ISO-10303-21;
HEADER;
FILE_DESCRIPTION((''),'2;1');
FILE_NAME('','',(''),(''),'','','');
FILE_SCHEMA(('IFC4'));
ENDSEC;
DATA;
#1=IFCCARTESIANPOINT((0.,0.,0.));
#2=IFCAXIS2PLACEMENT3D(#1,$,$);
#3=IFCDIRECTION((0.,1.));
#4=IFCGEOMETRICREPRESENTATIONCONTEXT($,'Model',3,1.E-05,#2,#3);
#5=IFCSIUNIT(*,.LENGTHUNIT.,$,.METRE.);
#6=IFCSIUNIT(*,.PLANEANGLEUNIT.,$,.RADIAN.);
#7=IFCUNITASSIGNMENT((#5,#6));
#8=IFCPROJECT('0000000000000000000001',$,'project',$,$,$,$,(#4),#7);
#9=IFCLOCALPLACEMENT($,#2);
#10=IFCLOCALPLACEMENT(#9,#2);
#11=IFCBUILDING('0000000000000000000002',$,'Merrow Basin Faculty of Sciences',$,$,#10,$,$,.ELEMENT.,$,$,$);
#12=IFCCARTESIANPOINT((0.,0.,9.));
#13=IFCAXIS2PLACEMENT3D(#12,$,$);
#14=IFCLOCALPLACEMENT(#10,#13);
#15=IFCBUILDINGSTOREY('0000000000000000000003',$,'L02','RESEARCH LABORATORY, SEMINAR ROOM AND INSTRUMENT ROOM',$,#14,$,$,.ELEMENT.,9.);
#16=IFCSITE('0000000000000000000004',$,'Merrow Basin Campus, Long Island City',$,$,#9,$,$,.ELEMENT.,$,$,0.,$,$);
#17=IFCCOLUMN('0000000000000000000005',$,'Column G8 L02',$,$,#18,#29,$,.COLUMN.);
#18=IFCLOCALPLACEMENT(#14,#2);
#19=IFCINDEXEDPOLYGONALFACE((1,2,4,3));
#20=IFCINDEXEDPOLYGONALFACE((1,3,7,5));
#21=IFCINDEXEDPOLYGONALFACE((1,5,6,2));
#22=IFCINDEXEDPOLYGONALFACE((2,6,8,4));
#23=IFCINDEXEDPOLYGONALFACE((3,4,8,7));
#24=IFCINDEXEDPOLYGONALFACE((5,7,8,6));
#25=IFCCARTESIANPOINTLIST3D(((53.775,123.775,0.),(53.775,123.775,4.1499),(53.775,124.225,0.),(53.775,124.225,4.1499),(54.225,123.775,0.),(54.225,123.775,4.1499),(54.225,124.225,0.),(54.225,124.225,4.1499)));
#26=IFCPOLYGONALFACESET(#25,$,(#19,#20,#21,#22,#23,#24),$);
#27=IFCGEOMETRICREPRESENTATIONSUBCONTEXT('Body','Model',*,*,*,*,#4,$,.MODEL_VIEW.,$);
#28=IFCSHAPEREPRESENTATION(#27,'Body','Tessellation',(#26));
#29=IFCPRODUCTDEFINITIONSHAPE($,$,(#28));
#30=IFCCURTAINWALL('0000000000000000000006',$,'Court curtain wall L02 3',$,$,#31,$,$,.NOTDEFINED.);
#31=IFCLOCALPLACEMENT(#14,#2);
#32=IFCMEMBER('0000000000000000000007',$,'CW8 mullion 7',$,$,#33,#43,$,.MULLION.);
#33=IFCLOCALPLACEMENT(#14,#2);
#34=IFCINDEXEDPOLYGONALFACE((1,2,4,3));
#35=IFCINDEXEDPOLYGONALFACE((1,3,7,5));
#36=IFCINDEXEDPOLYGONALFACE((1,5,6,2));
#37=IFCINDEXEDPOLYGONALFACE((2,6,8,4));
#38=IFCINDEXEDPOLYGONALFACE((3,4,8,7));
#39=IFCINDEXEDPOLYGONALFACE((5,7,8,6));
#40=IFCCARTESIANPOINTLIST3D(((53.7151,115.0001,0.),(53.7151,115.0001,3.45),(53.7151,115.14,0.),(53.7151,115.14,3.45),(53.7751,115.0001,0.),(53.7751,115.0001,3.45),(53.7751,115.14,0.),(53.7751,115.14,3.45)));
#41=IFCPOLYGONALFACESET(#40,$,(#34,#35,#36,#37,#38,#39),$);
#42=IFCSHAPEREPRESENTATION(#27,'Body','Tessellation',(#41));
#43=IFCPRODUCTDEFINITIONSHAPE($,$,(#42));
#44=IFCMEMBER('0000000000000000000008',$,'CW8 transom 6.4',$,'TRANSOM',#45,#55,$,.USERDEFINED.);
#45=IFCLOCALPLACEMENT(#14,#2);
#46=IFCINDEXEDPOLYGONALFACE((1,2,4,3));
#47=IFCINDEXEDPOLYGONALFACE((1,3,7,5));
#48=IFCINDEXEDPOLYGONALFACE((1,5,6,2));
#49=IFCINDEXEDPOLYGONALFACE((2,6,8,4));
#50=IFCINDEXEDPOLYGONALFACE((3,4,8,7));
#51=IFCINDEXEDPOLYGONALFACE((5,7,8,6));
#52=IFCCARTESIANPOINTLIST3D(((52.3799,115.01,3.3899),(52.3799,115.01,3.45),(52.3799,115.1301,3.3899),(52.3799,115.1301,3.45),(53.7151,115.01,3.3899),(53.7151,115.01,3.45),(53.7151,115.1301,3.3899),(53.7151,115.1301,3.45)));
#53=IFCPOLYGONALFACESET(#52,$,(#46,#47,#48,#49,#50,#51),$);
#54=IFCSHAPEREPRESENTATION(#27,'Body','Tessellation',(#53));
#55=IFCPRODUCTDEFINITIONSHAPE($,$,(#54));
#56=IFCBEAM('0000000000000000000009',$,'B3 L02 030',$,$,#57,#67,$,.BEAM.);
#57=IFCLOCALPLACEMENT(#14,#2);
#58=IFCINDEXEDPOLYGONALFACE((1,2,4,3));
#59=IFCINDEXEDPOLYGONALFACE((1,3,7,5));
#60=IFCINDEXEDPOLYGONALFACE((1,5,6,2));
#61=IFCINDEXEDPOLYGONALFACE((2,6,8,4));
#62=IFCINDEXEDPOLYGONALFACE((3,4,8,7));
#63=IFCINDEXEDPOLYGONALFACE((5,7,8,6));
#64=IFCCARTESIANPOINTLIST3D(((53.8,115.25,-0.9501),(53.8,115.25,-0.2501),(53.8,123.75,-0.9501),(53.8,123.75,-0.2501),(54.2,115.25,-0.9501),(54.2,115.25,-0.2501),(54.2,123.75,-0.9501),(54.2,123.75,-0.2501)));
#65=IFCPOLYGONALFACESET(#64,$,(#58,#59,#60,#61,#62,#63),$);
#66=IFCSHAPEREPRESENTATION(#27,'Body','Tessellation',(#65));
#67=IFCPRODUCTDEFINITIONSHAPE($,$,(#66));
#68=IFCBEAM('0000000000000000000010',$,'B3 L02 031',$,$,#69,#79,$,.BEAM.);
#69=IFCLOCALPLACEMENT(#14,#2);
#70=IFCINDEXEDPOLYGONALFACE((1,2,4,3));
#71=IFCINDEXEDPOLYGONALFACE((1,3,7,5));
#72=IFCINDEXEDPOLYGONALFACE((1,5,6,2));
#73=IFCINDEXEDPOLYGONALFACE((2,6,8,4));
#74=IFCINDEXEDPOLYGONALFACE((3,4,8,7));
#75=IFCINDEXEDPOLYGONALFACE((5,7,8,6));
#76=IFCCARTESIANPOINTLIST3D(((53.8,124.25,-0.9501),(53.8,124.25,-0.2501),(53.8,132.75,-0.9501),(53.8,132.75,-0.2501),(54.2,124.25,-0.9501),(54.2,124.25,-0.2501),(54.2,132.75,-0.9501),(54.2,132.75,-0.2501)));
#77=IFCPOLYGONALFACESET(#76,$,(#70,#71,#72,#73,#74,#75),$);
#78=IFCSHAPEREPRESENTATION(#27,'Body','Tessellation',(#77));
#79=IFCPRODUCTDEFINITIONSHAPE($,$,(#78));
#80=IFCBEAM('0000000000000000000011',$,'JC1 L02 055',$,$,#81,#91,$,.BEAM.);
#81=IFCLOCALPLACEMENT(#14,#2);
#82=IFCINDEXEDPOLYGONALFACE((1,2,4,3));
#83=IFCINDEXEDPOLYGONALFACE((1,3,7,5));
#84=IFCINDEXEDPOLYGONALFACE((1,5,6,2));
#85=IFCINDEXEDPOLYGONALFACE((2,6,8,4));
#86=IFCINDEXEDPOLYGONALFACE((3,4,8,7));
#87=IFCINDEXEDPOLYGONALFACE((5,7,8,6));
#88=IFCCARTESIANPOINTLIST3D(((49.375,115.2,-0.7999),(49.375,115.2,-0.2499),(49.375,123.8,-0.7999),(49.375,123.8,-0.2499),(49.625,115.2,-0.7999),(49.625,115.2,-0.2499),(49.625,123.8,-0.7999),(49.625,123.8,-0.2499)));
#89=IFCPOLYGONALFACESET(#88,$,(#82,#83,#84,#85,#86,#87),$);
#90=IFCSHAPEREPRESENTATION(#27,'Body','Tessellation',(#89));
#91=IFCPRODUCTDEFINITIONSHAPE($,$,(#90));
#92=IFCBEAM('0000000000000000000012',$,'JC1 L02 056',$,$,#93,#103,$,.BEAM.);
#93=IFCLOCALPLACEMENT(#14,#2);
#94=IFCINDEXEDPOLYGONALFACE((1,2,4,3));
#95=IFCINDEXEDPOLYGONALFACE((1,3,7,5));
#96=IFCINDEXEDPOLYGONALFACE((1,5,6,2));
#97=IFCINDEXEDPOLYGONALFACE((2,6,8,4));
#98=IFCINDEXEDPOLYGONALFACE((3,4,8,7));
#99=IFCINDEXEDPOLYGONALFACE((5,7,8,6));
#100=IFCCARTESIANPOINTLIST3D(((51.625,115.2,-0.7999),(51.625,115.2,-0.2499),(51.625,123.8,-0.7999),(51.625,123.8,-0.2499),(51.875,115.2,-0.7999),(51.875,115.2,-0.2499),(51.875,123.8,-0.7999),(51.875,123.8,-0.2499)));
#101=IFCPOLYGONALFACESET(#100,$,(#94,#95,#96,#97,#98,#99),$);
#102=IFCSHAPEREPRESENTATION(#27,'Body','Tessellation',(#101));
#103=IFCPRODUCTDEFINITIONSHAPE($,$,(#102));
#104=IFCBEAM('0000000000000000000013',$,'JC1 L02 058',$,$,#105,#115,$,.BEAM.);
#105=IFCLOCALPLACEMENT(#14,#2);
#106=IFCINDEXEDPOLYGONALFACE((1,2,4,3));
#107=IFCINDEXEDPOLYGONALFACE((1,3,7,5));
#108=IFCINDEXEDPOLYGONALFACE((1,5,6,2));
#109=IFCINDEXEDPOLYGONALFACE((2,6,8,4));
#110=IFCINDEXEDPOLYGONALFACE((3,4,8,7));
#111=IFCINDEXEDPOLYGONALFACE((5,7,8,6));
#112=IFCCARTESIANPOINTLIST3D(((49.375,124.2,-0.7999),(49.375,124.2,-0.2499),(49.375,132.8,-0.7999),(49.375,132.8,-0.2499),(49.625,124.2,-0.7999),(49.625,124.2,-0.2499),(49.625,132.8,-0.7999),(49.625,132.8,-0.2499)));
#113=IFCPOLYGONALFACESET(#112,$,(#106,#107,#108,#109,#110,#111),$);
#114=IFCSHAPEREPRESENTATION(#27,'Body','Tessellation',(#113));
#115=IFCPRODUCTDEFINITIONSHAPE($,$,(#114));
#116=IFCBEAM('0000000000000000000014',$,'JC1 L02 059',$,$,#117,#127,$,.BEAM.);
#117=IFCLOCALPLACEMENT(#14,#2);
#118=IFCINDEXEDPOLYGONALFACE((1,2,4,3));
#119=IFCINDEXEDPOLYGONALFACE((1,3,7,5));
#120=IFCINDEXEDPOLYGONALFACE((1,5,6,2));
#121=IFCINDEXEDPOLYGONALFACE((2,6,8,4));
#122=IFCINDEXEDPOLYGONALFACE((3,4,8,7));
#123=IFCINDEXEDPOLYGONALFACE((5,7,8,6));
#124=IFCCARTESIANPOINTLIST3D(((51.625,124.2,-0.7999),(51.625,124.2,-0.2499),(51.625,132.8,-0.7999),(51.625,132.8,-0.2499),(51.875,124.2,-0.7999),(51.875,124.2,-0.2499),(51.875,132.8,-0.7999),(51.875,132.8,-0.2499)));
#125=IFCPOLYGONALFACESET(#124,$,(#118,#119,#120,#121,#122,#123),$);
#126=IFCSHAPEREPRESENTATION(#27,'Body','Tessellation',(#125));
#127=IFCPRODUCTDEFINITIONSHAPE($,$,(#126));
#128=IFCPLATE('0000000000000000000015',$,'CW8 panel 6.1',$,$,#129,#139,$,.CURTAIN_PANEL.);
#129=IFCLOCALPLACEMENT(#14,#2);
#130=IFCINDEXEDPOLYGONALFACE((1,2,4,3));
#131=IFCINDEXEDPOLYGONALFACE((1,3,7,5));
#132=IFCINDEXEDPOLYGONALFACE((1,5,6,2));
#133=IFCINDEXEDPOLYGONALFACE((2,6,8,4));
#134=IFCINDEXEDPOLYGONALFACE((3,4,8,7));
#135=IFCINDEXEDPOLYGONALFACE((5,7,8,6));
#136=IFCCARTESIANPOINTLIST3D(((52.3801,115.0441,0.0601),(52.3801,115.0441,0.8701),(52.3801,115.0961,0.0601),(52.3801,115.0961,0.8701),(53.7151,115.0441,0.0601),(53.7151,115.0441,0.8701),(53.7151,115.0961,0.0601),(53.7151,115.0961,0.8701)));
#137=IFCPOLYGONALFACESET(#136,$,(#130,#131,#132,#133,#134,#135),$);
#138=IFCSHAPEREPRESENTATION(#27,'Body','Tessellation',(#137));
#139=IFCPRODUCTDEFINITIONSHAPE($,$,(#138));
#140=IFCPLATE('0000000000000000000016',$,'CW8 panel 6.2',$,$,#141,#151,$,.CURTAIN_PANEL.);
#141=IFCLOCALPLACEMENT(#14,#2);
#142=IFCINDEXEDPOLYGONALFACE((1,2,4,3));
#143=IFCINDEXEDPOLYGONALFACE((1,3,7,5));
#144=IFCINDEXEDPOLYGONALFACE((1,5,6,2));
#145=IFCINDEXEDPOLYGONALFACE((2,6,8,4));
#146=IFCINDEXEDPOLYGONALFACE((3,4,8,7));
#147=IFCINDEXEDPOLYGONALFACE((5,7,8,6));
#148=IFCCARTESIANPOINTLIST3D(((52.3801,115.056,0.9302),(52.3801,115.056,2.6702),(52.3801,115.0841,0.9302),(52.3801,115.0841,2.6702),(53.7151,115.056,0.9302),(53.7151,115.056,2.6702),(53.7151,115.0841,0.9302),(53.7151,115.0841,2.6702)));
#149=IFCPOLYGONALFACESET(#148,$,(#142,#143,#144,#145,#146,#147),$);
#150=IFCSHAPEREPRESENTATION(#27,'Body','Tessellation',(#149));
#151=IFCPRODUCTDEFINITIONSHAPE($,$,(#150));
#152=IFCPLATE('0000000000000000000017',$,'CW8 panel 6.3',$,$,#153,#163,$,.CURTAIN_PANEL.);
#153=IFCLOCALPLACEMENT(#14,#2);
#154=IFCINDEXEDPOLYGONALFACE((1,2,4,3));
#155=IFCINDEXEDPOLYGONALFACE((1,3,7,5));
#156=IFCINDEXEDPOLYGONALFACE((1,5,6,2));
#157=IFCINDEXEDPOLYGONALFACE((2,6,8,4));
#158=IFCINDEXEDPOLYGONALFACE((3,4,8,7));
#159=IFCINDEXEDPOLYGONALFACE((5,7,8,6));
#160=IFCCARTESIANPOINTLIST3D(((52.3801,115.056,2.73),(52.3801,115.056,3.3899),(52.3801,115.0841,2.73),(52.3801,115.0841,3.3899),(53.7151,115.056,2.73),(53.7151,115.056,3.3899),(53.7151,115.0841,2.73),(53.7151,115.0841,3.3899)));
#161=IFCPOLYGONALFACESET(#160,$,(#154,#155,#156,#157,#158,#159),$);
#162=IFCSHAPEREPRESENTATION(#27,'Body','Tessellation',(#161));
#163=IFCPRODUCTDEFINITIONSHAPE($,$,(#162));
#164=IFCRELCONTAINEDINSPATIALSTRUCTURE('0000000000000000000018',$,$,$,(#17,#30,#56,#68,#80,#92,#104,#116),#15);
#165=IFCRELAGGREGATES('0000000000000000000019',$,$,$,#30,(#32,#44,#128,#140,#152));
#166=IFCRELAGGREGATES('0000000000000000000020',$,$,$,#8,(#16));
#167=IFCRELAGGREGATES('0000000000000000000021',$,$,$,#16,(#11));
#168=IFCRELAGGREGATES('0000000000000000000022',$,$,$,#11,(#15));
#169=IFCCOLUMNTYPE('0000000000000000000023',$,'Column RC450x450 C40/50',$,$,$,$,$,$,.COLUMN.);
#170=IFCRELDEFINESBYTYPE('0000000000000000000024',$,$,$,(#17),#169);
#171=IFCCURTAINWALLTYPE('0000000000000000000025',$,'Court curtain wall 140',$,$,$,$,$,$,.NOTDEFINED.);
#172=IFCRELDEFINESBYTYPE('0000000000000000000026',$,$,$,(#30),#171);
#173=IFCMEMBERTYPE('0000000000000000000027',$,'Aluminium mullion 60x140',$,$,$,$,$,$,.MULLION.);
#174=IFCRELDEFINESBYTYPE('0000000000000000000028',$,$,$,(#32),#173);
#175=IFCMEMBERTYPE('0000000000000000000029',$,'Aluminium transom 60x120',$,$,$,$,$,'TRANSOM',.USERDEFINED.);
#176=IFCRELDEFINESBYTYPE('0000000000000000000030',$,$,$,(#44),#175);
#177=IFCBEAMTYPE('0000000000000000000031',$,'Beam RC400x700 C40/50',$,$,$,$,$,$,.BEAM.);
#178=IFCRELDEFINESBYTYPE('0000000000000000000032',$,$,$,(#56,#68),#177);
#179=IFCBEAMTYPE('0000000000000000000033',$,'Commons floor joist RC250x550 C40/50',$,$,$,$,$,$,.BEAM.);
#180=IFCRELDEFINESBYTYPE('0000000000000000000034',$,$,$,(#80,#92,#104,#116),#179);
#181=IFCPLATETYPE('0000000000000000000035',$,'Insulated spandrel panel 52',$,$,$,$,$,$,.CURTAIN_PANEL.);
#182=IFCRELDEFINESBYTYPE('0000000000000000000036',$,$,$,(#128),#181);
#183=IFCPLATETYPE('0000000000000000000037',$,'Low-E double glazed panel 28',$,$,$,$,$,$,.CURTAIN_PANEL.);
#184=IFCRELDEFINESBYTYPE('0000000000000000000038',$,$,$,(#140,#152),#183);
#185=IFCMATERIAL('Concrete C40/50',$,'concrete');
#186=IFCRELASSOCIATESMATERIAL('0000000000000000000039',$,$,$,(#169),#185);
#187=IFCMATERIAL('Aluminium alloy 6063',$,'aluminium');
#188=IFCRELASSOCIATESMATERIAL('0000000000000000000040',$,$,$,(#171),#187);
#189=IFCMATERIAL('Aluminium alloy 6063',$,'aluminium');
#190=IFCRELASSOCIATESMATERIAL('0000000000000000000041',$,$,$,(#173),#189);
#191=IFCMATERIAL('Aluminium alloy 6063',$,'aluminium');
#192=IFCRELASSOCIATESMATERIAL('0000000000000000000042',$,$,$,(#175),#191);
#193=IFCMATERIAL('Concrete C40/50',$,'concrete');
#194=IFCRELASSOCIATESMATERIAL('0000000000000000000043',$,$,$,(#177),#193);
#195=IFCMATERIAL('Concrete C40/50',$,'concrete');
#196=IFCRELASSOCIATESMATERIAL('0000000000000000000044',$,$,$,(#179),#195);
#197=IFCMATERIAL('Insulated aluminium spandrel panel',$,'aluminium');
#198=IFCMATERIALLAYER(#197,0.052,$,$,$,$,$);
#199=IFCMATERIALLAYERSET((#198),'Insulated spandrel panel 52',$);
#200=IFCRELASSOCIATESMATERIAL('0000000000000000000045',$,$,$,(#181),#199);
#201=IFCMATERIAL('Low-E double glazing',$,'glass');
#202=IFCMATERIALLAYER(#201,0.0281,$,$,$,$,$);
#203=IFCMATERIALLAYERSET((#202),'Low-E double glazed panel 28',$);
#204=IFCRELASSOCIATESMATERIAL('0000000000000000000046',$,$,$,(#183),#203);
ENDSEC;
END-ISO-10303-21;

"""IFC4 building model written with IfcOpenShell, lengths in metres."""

from ifc_helpers import new_model, si_unit, direction, frame, origin, origin_2d, place, context, subcontext, project, spatial, rectangle, extrude, material, layer, layer_set, material_profile, profile_set, type_object, element, aggregate, save


model = new_model("IFC4")

# Units and contexts
model_context = context("Model", 3, precision=1e-05, world=origin(), true_north=direction((0.0, 1.0)))
body_context = subcontext(model_context, "Body", "Model", "MODEL_VIEW")
ifc_project = project(units=[si_unit("LENGTHUNIT", "METRE"), si_unit("PLANEANGLEUNIT", "RADIAN")], contexts=[model_context])

# Site, building, storey
site_placement = place(None, origin())
site = spatial("IfcSite", under=ifc_project, at=site_placement, Name="Merrow Basin Campus, Long Island City", CompositionType="ELEMENT", RefElevation=0.0)
building_placement = place(site_placement, origin())
building = spatial("IfcBuilding", under=site, at=building_placement, Name="Merrow Basin Faculty of Sciences", CompositionType="ELEMENT")
storey_placement = place(building_placement, frame((0.0, 0.0, 9.0)))
storey = spatial("IfcBuildingStorey", under=building, at=storey_placement, Name="L02", Description="RESEARCH LABORATORY, SEMINAR ROOM AND INSTRUMENT ROOM", CompositionType="ELEMENT", Elevation=9.0)

# Column
ifc_material_1 = material(Name="Concrete C40/50", Category="concrete")
ifc_material_profile_1 = material_profile(ifc_material_1, rectangle(XDim=0.45, YDim=0.45, at=origin_2d()))
ifc_profile_set_1 = profile_set([ifc_material_profile_1], Name="Concrete C40/50")
column_type = type_object("IfcColumnType", Name="Column RC450x450 C40/50", PredefinedType="COLUMN", material=ifc_profile_set_1)
column_placement = place(storey_placement, frame((54.0, 124.0, 0.0), z_axis=(0.0, 0.0, 1.0), x_axis=(1.0, 0.0, 0.0)))
element("IfcColumn", 1, at=column_placement, inside=storey, type_object=column_type, Name="Column G8 L02", PredefinedType="COLUMN", context=body_context, shape_type="SweptSolid", body=[
    extrude(rectangle(XDim=0.45, YDim=0.45, at=origin_2d()), origin(), (0.0, 0.0, 1.0), 4.1499),
])

# Curtain wall, members
ifc_material_2 = material(Name="Aluminium alloy 6063", Category="aluminium")
curtain_wall_type = type_object("IfcCurtainWallType", Name="Court curtain wall 140", PredefinedType="NOTDEFINED", material=ifc_material_2)
curtain_wall_placement = place(storey_placement, origin())
curtain_wall = element("IfcCurtainWall", 2, at=curtain_wall_placement, inside=storey, type_object=curtain_wall_type, Name="Court curtain wall L02 3", PredefinedType="NOTDEFINED")
ifc_material_3 = material(Name="Aluminium alloy 6063", Category="aluminium")
ifc_material_profile_2 = material_profile(ifc_material_3, rectangle(XDim=0.1399, YDim=0.0601, at=origin_2d()))
ifc_profile_set_2 = profile_set([ifc_material_profile_2], Name="Aluminium alloy 6063")
member_type_1 = type_object("IfcMemberType", Name="Aluminium mullion 60x140", PredefinedType="MULLION", material=ifc_profile_set_2)
member_1_placement = place(storey_placement, frame((53.7451, 115.0701, 0.0), z_axis=(0.0, 0.0, 1.0), x_axis=(0.0, 1.0, 0.0)))
member_1 = element("IfcMember", 3, at=member_1_placement, type_object=member_type_1, Name="CW8 mullion 7", PredefinedType="MULLION", context=body_context, shape_type="SweptSolid", body=[
    extrude(rectangle(XDim=0.1399, YDim=0.0601, at=origin_2d()), origin(), (0.0, 0.0, 1.0), 3.45),
])
ifc_material_4 = material(Name="Aluminium alloy 6063", Category="aluminium")
ifc_material_profile_3 = material_profile(ifc_material_4, rectangle(XDim=0.1201, YDim=0.0601, at=origin_2d()))
ifc_profile_set_3 = profile_set([ifc_material_profile_3], Name="Aluminium alloy 6063")
member_type_2 = type_object("IfcMemberType", Name="Aluminium transom 60x120", ElementType="TRANSOM", PredefinedType="USERDEFINED", material=ifc_profile_set_3)
member_2_placement = place(storey_placement, frame((52.3799, 115.0701, 3.4199), z_axis=(1.0, 0.0, 0.0), x_axis=(0.0, 1.0, 0.0)))
member_2 = element("IfcMember", 4, at=member_2_placement, type_object=member_type_2, Name="CW8 transom 6.4", ObjectType="TRANSOM", PredefinedType="USERDEFINED", context=body_context, shape_type="SweptSolid", body=[
    extrude(rectangle(XDim=0.1201, YDim=0.0601, at=origin_2d()), origin(), (0.0, 0.0, 1.0), 1.3352),
])

# Beams
ifc_material_5 = material(Name="Concrete C40/50", Category="concrete")
ifc_material_profile_4 = material_profile(ifc_material_5, rectangle(XDim=0.3999, YDim=0.7, at=origin_2d()))
ifc_profile_set_4 = profile_set([ifc_material_profile_4], Name="Concrete C40/50")
beam_type_1 = type_object("IfcBeamType", Name="Beam RC400x700 C40/50", PredefinedType="BEAM", material=ifc_profile_set_4)
for number, where, z_axis, x_axis, name in (
    (5, (54.0, 115.25, -0.6001), (0.0, 1.0, 0.0), (-1.0, 0.0, 0.0), "B3 L02 030"),
    (6, (54.0, 124.25, -0.6001), (0.0, 1.0, 0.0), (-1.0, 0.0, 0.0), "B3 L02 031"),
):
    element("IfcBeam", number, at=place(storey_placement, frame(where, z_axis=z_axis, x_axis=x_axis)), inside=storey, type_object=beam_type_1, Name=name, PredefinedType="BEAM", context=body_context, shape_type="SweptSolid", body=[
        extrude(rectangle(XDim=0.3999, YDim=0.7, at=origin_2d()), origin(), (0.0, 0.0, 1.0), 8.5),
    ])
ifc_material_6 = material(Name="Concrete C40/50", Category="concrete")
ifc_material_profile_5 = material_profile(ifc_material_6, rectangle(XDim=0.25, YDim=0.55, at=origin_2d()))
ifc_profile_set_5 = profile_set([ifc_material_profile_5], Name="Concrete C40/50")
beam_type_2 = type_object("IfcBeamType", Name="Commons floor joist RC250x550 C40/50", PredefinedType="BEAM", material=ifc_profile_set_5)
for number, where, z_axis, x_axis, name in (
    (7, (49.5, 115.2, -0.5249), (0.0, 1.0, 0.0), (-1.0, 0.0, 0.0), "JC1 L02 055"),
    (8, (51.75, 115.2, -0.5249), (0.0, 1.0, 0.0), (-1.0, 0.0, 0.0), "JC1 L02 056"),
    (9, (49.5, 124.2, -0.5249), (0.0, 1.0, 0.0), (-1.0, 0.0, 0.0), "JC1 L02 058"),
    (10, (51.75, 124.2, -0.5249), (0.0, 1.0, 0.0), (-1.0, 0.0, 0.0), "JC1 L02 059"),
):
    element("IfcBeam", number, at=place(storey_placement, frame(where, z_axis=z_axis, x_axis=x_axis)), inside=storey, type_object=beam_type_2, Name=name, PredefinedType="BEAM", context=body_context, shape_type="SweptSolid", body=[
        extrude(rectangle(XDim=0.25, YDim=0.55, at=origin_2d()), origin(), (0.0, 0.0, 1.0), 8.6001),
    ])

# Plates
ifc_material_7 = material(Name="Insulated aluminium spandrel panel", Category="aluminium")
ifc_layer_1 = layer(ifc_material_7, 0.052)
ifc_layer_set_1 = layer_set([ifc_layer_1], Name="Insulated spandrel panel 52")
plate_type_1 = type_object("IfcPlateType", Name="Insulated spandrel panel 52", PredefinedType="CURTAIN_PANEL", material=ifc_layer_set_1)
plate_1_placement = place(storey_placement, frame((53.0476, 115.0701, 0.0601), z_axis=(0.0, 0.0, 1.0), x_axis=(1.0, 0.0, 0.0)))
plate_1 = element("IfcPlate", 11, at=plate_1_placement, type_object=plate_type_1, Name="CW8 panel 6.1", PredefinedType="CURTAIN_PANEL", context=body_context, shape_type="SweptSolid", body=[
    extrude(rectangle(XDim=1.335, YDim=0.052, at=origin_2d()), origin(), (0.0, 0.0, 1.0), 0.8101),
])
ifc_material_8 = material(Name="Low-E double glazing", Category="glass")
ifc_layer_2 = layer(ifc_material_8, 0.0281)
ifc_layer_set_2 = layer_set([ifc_layer_2], Name="Low-E double glazed panel 28")
plate_type_2 = type_object("IfcPlateType", Name="Low-E double glazed panel 28", PredefinedType="CURTAIN_PANEL", material=ifc_layer_set_2)
plate_2_placement = place(storey_placement, frame((53.0476, 115.0701, 0.9302), z_axis=(0.0, 0.0, 1.0), x_axis=(1.0, 0.0, 0.0)))
plate_2 = element("IfcPlate", 12, at=plate_2_placement, type_object=plate_type_2, Name="CW8 panel 6.2", PredefinedType="CURTAIN_PANEL", context=body_context, shape_type="SweptSolid", body=[
    extrude(rectangle(XDim=1.335, YDim=0.0281, at=origin_2d()), origin(), (0.0, 0.0, 1.0), 1.74),
])
plate_3_placement = place(storey_placement, frame((53.0476, 115.0701, 2.73), z_axis=(0.0, 0.0, 1.0), x_axis=(1.0, 0.0, 0.0)))
plate_3 = element("IfcPlate", 13, at=plate_3_placement, type_object=plate_type_2, Name="CW8 panel 6.3", PredefinedType="CURTAIN_PANEL", context=body_context, shape_type="SweptSolid", body=[
    extrude(rectangle(XDim=1.335, YDim=0.0281, at=origin_2d()), origin(), (0.0, 0.0, 1.0), 0.6599),
])
aggregate(curtain_wall, [member_1, member_2, plate_1, plate_2, plate_3])

save(model, "model.ifc")
